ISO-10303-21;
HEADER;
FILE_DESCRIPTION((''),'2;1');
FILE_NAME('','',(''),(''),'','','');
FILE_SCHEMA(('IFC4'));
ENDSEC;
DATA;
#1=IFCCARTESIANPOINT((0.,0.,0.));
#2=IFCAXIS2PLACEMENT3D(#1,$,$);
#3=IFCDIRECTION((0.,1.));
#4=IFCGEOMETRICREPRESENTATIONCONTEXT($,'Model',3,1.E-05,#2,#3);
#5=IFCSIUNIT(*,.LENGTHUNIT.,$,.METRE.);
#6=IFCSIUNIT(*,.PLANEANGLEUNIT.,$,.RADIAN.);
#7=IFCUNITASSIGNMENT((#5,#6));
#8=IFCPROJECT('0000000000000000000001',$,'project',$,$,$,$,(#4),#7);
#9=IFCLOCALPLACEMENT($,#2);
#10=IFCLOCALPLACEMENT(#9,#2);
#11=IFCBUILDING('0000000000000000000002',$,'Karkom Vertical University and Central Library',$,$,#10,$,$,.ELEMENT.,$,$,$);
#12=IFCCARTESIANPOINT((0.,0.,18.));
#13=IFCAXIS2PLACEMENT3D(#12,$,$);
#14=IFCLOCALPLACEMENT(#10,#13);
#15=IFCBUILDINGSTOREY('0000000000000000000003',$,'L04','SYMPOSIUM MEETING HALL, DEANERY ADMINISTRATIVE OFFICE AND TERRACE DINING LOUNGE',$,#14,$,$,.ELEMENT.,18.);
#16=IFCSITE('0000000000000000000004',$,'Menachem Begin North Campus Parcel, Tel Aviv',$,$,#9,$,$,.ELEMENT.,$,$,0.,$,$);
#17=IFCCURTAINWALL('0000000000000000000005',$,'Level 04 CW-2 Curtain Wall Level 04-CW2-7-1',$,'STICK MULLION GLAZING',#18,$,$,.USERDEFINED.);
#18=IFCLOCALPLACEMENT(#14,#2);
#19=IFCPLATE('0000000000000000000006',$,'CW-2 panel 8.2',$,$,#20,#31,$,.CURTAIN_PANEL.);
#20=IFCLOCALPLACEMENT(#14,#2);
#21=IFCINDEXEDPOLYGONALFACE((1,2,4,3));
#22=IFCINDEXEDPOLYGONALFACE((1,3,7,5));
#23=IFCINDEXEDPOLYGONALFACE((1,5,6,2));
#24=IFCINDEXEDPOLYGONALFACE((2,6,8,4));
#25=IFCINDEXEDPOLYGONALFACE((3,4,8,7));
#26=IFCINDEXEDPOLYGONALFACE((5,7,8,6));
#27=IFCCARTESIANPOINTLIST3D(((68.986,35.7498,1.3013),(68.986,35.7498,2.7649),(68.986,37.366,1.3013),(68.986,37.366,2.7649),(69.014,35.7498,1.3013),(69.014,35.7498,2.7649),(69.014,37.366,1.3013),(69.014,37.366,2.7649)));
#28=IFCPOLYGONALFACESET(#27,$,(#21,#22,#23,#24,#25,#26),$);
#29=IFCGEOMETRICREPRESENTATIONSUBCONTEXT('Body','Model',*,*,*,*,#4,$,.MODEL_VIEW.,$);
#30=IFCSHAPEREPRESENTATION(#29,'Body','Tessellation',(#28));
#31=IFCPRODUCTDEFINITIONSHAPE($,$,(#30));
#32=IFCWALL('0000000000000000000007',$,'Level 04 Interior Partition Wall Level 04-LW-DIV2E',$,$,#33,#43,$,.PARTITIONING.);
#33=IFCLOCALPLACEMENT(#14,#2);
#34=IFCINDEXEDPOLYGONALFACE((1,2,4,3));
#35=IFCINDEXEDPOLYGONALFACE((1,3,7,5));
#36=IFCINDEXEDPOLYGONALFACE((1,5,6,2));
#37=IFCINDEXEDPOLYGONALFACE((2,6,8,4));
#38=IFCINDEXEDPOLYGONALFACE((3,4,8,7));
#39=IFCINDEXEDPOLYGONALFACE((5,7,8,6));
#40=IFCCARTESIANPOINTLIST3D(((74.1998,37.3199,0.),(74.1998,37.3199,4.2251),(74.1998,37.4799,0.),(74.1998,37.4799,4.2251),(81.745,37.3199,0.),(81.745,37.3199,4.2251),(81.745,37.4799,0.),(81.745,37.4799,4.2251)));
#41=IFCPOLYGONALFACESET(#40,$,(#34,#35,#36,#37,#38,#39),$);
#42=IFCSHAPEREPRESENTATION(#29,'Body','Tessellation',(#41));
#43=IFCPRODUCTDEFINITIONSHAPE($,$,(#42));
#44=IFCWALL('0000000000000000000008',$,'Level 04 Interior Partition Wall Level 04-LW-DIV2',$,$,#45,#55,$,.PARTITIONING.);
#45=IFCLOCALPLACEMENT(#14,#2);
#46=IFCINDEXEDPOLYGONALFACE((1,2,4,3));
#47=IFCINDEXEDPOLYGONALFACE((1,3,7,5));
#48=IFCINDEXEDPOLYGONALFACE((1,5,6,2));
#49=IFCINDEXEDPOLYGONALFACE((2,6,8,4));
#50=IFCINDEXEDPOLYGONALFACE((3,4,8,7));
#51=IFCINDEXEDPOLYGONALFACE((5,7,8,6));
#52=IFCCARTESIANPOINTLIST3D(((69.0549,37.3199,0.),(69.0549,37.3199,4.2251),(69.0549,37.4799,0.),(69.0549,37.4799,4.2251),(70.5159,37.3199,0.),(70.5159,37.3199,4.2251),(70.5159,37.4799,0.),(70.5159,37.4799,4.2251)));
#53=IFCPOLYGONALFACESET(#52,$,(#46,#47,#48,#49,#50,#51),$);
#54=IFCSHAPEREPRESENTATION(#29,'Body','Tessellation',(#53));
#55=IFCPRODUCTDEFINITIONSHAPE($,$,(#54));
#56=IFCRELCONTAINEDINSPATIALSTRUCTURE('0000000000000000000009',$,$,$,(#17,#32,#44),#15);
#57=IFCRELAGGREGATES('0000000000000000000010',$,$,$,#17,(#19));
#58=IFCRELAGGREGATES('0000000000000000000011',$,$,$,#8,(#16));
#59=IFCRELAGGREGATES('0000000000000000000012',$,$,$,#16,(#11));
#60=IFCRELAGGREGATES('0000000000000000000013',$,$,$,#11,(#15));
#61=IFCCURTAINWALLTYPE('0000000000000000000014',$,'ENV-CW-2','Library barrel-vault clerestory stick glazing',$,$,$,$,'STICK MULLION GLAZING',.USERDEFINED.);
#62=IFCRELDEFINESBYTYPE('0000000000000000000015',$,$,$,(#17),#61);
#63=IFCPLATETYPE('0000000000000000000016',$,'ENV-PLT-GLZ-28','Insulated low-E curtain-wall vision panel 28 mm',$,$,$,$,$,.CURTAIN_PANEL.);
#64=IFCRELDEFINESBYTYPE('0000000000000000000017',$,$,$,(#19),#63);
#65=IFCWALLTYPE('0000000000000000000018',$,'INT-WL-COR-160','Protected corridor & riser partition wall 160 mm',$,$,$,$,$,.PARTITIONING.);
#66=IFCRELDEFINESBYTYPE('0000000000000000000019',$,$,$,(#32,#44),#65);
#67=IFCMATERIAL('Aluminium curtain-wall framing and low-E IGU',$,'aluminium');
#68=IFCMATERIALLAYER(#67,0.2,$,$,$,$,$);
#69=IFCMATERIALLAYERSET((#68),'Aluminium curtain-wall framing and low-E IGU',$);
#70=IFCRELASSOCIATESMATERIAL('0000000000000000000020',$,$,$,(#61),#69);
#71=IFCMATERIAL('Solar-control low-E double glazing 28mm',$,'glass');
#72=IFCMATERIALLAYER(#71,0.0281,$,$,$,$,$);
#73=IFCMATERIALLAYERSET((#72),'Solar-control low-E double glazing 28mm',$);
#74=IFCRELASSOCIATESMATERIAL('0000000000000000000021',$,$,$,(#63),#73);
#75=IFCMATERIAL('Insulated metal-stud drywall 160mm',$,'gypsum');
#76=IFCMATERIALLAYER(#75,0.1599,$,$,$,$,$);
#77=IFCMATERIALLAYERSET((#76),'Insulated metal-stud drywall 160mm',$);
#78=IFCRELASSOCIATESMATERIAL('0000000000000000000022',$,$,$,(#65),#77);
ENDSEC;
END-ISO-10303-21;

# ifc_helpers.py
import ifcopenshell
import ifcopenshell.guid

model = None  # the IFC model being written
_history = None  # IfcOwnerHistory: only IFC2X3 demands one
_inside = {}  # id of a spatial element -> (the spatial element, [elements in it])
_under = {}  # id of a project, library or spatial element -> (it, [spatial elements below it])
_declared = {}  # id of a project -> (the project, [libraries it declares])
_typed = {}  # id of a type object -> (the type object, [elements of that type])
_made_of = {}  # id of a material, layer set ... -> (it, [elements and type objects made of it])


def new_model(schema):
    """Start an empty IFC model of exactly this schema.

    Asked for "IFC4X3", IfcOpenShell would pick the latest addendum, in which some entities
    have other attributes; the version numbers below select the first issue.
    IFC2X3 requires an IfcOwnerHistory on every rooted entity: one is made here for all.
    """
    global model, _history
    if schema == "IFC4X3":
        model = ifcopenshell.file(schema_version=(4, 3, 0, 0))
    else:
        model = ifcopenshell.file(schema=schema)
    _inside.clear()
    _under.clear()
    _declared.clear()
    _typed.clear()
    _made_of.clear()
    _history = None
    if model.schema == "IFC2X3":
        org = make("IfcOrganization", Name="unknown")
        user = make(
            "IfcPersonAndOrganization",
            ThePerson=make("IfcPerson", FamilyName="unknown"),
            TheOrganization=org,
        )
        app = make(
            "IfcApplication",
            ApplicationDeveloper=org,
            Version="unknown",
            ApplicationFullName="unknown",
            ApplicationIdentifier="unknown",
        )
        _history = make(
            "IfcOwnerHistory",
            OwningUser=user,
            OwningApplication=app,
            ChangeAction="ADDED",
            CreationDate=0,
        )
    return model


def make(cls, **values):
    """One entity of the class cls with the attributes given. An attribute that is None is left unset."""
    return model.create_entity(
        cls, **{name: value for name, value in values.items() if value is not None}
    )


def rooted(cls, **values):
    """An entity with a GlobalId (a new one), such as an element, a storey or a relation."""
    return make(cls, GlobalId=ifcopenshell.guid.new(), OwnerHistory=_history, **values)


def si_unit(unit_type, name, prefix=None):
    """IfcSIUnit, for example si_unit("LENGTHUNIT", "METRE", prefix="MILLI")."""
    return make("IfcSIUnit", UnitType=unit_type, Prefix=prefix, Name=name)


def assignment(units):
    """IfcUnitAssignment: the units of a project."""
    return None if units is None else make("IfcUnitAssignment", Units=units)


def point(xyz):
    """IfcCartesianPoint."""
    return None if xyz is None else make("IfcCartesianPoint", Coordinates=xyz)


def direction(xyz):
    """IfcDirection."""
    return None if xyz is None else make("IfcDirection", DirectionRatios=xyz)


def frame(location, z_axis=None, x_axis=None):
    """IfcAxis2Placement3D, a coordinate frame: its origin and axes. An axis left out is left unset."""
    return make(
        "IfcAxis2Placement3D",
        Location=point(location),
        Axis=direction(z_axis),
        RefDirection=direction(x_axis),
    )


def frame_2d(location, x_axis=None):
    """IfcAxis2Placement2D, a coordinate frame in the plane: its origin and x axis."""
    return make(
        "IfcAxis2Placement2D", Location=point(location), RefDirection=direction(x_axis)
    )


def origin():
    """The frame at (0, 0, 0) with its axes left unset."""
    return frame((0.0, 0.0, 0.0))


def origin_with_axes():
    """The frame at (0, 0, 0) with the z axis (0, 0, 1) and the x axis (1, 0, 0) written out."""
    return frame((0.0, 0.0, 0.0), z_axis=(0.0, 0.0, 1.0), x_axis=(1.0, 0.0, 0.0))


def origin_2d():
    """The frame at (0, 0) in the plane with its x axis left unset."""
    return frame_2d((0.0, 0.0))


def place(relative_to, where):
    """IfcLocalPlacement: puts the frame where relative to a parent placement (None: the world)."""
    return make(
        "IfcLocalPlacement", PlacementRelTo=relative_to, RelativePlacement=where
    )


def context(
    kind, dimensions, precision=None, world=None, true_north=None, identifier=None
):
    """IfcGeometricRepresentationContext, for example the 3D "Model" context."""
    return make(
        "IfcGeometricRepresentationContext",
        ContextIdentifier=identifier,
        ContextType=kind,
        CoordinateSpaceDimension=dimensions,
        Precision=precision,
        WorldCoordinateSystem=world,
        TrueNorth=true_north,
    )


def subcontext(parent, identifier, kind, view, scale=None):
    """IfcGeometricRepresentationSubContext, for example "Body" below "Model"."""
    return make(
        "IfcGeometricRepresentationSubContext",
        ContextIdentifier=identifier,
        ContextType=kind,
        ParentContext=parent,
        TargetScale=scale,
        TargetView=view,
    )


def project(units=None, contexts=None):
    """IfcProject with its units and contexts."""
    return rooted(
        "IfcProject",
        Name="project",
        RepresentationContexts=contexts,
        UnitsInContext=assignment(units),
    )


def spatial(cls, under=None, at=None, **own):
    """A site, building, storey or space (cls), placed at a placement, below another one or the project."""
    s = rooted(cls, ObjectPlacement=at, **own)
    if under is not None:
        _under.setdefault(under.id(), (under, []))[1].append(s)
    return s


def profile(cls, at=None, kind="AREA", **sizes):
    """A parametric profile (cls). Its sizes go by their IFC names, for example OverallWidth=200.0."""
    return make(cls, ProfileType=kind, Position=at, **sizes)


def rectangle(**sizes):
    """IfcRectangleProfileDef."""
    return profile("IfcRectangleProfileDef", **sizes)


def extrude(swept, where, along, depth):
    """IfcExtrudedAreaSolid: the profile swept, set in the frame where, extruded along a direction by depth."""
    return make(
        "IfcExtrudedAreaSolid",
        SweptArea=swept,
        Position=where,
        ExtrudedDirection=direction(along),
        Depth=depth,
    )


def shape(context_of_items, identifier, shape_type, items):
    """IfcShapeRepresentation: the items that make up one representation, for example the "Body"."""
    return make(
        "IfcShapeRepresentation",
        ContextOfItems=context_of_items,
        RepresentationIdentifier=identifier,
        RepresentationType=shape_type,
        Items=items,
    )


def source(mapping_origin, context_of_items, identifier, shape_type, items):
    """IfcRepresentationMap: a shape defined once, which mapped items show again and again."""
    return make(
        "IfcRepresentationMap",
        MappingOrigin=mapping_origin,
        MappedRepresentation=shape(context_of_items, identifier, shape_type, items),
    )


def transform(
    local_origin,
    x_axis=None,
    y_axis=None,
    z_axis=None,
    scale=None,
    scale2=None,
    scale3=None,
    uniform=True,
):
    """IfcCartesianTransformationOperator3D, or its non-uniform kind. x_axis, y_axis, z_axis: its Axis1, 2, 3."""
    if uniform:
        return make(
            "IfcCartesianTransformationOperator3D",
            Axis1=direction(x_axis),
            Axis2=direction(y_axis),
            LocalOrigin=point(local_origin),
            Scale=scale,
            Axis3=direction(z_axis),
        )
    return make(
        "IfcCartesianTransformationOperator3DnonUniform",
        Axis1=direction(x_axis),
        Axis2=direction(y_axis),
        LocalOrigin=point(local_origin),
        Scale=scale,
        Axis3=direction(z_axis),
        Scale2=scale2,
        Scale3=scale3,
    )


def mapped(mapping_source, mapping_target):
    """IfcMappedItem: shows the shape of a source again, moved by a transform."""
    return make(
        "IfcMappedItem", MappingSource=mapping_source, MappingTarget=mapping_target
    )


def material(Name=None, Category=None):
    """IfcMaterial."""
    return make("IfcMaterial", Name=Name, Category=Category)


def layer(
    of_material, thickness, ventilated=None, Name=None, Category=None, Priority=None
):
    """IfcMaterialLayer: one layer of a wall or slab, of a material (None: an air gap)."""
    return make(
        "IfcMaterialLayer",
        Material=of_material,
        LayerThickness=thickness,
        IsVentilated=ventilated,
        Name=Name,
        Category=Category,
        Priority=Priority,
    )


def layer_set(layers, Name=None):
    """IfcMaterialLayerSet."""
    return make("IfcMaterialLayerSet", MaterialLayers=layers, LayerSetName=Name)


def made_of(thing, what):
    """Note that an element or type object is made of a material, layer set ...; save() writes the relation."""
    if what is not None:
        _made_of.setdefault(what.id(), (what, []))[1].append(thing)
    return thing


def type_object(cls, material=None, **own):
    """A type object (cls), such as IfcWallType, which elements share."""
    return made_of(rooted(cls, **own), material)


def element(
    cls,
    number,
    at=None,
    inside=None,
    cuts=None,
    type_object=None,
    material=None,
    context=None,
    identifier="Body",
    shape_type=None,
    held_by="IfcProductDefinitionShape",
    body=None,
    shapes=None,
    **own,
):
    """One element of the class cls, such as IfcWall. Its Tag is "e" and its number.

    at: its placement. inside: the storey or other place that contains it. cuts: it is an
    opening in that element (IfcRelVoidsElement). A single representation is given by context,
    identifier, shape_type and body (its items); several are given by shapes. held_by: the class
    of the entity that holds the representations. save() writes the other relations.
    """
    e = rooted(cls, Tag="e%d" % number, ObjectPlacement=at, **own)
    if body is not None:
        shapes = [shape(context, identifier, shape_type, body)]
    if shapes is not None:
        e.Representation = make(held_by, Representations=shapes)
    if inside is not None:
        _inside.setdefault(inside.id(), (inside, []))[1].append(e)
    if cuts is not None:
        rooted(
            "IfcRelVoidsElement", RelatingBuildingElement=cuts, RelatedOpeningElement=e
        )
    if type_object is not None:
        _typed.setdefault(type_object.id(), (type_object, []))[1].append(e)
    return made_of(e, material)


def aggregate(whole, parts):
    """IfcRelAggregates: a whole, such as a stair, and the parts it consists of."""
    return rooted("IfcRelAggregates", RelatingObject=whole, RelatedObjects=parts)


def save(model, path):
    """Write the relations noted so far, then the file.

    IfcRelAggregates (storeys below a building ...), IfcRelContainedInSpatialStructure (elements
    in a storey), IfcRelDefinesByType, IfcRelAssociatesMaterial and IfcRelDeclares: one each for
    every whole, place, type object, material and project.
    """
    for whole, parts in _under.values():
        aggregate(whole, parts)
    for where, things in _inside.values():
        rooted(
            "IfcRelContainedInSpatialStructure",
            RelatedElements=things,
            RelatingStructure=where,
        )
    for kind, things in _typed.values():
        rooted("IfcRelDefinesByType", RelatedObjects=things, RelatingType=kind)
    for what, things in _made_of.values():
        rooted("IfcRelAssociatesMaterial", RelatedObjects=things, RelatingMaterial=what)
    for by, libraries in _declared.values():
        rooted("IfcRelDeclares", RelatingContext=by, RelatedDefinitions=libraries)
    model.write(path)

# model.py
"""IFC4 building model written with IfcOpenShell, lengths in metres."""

from ifc_helpers import new_model, si_unit, direction, frame, frame_2d, origin, origin_with_axes, origin_2d, place, context, subcontext, project, spatial, rectangle, extrude, source, transform, mapped, material, layer, layer_set, type_object, element, aggregate, save


model = new_model("IFC4")

# Units and contexts
model_context = context("Model", 3, precision=1e-05, world=origin(), true_north=direction((0.0, 1.0)))
body_context = subcontext(model_context, "Body", "Model", "MODEL_VIEW")
ifc_project = project(units=[si_unit("LENGTHUNIT", "METRE"), si_unit("PLANEANGLEUNIT", "RADIAN")], contexts=[model_context])

# Site, building, storey
site_placement = place(None, origin())
site = spatial("IfcSite", under=ifc_project, at=site_placement, Name="Menachem Begin North Campus Parcel, Tel Aviv", CompositionType="ELEMENT", RefElevation=0.0)
building_placement = place(site_placement, origin())
building = spatial("IfcBuilding", under=site, at=building_placement, Name="Karkom Vertical University and Central Library", CompositionType="ELEMENT")
storey_placement = place(building_placement, frame((0.0, 0.0, 18.0)))
storey = spatial("IfcBuildingStorey", under=building, at=storey_placement, Name="L04", Description="SYMPOSIUM MEETING HALL, DEANERY ADMINISTRATIVE OFFICE AND TERRACE DINING LOUNGE", CompositionType="ELEMENT", Elevation=18.0)

# Curtain wall, plate
ifc_material_1 = material(Name="Aluminium curtain-wall framing and low-E IGU", Category="aluminium")
ifc_layer_1 = layer(ifc_material_1, 0.2)
ifc_layer_set_1 = layer_set([ifc_layer_1], Name="Aluminium curtain-wall framing and low-E IGU")
curtain_wall_type = type_object("IfcCurtainWallType", Name="ENV-CW-2", Description="Library barrel-vault clerestory stick glazing", ElementType="STICK MULLION GLAZING", PredefinedType="USERDEFINED", material=ifc_layer_set_1)
curtain_wall_placement = place(storey_placement, origin())
curtain_wall = element("IfcCurtainWall", 1, at=curtain_wall_placement, inside=storey, type_object=curtain_wall_type, Name="Level 04 CW-2 Curtain Wall Level 04-CW2-7-1", ObjectType="STICK MULLION GLAZING", PredefinedType="USERDEFINED")
ifc_material_2 = material(Name="Solar-control low-E double glazing 28mm", Category="glass")
ifc_layer_2 = layer(ifc_material_2, 0.0281)
ifc_layer_set_2 = layer_set([ifc_layer_2], Name="Solar-control low-E double glazing 28mm")
plate_type = type_object("IfcPlateType", Name="ENV-PLT-GLZ-28", Description="Insulated low-E curtain-wall vision panel 28 mm", PredefinedType="CURTAIN_PANEL", material=ifc_layer_set_2)
shared_shape_1 = source(origin_with_axes(), body_context, "Body", "SweptSolid", [
    extrude(rectangle(XDim=1.6162, YDim=0.0281, at=origin_2d()), origin(), (0.0, 0.0, 1.0), 1.4636),
])
plate_1_placement = place(storey_placement, frame((69.0, 36.5579, 1.3013), z_axis=(0.0, 0.0, 1.0), x_axis=(0.0, -1.0, 0.0)))
plate_1 = element("IfcPlate", 2, at=plate_1_placement, type_object=plate_type, Name="CW-2 panel 8.2", PredefinedType="CURTAIN_PANEL", context=body_context, shape_type="MappedRepresentation", body=[
    mapped(shared_shape_1, transform((0.0, 0.0, 0.0), scale=1.0)),
])
aggregate(curtain_wall, [plate_1])

# Walls
ifc_material_3 = material(Name="Insulated metal-stud drywall 160mm", Category="gypsum")
ifc_layer_3 = layer(ifc_material_3, 0.1599)
ifc_layer_set_3 = layer_set([ifc_layer_3], Name="Insulated metal-stud drywall 160mm")
wall_type = type_object("IfcWallType", Name="INT-WL-COR-160", Description="Protected corridor & riser partition wall 160 mm", PredefinedType="PARTITIONING", material=ifc_layer_set_3)
wall_1_placement = place(storey_placement, frame((74.2, 37.3999, 0.0), z_axis=(0.0, 0.0, 1.0), x_axis=(1.0, 0.0, 0.0)))
element("IfcWall", 3, at=wall_1_placement, inside=storey, type_object=wall_type, Name="Level 04 Interior Partition Wall Level 04-LW-DIV2E", PredefinedType="PARTITIONING", context=body_context, shape_type="SweptSolid", body=[
    extrude(rectangle(XDim=7.5452, YDim=0.1599, at=frame_2d((3.7725, 0.0))), origin(), (0.0, 0.0, 1.0), 4.2251),
])
wall_2_placement = place(storey_placement, frame((69.0549, 37.3999, 0.0), z_axis=(0.0, 0.0, 1.0), x_axis=(1.0, 0.0, 0.0)))
element("IfcWall", 4, at=wall_2_placement, inside=storey, type_object=wall_type, Name="Level 04 Interior Partition Wall Level 04-LW-DIV2", PredefinedType="PARTITIONING", context=body_context, shape_type="SweptSolid", body=[
    extrude(rectangle(XDim=1.4609, YDim=0.1599, at=frame_2d((0.7305, 0.0))), origin(), (0.0, 0.0, 1.0), 4.2251),
])

save(model, "model.ifc")
